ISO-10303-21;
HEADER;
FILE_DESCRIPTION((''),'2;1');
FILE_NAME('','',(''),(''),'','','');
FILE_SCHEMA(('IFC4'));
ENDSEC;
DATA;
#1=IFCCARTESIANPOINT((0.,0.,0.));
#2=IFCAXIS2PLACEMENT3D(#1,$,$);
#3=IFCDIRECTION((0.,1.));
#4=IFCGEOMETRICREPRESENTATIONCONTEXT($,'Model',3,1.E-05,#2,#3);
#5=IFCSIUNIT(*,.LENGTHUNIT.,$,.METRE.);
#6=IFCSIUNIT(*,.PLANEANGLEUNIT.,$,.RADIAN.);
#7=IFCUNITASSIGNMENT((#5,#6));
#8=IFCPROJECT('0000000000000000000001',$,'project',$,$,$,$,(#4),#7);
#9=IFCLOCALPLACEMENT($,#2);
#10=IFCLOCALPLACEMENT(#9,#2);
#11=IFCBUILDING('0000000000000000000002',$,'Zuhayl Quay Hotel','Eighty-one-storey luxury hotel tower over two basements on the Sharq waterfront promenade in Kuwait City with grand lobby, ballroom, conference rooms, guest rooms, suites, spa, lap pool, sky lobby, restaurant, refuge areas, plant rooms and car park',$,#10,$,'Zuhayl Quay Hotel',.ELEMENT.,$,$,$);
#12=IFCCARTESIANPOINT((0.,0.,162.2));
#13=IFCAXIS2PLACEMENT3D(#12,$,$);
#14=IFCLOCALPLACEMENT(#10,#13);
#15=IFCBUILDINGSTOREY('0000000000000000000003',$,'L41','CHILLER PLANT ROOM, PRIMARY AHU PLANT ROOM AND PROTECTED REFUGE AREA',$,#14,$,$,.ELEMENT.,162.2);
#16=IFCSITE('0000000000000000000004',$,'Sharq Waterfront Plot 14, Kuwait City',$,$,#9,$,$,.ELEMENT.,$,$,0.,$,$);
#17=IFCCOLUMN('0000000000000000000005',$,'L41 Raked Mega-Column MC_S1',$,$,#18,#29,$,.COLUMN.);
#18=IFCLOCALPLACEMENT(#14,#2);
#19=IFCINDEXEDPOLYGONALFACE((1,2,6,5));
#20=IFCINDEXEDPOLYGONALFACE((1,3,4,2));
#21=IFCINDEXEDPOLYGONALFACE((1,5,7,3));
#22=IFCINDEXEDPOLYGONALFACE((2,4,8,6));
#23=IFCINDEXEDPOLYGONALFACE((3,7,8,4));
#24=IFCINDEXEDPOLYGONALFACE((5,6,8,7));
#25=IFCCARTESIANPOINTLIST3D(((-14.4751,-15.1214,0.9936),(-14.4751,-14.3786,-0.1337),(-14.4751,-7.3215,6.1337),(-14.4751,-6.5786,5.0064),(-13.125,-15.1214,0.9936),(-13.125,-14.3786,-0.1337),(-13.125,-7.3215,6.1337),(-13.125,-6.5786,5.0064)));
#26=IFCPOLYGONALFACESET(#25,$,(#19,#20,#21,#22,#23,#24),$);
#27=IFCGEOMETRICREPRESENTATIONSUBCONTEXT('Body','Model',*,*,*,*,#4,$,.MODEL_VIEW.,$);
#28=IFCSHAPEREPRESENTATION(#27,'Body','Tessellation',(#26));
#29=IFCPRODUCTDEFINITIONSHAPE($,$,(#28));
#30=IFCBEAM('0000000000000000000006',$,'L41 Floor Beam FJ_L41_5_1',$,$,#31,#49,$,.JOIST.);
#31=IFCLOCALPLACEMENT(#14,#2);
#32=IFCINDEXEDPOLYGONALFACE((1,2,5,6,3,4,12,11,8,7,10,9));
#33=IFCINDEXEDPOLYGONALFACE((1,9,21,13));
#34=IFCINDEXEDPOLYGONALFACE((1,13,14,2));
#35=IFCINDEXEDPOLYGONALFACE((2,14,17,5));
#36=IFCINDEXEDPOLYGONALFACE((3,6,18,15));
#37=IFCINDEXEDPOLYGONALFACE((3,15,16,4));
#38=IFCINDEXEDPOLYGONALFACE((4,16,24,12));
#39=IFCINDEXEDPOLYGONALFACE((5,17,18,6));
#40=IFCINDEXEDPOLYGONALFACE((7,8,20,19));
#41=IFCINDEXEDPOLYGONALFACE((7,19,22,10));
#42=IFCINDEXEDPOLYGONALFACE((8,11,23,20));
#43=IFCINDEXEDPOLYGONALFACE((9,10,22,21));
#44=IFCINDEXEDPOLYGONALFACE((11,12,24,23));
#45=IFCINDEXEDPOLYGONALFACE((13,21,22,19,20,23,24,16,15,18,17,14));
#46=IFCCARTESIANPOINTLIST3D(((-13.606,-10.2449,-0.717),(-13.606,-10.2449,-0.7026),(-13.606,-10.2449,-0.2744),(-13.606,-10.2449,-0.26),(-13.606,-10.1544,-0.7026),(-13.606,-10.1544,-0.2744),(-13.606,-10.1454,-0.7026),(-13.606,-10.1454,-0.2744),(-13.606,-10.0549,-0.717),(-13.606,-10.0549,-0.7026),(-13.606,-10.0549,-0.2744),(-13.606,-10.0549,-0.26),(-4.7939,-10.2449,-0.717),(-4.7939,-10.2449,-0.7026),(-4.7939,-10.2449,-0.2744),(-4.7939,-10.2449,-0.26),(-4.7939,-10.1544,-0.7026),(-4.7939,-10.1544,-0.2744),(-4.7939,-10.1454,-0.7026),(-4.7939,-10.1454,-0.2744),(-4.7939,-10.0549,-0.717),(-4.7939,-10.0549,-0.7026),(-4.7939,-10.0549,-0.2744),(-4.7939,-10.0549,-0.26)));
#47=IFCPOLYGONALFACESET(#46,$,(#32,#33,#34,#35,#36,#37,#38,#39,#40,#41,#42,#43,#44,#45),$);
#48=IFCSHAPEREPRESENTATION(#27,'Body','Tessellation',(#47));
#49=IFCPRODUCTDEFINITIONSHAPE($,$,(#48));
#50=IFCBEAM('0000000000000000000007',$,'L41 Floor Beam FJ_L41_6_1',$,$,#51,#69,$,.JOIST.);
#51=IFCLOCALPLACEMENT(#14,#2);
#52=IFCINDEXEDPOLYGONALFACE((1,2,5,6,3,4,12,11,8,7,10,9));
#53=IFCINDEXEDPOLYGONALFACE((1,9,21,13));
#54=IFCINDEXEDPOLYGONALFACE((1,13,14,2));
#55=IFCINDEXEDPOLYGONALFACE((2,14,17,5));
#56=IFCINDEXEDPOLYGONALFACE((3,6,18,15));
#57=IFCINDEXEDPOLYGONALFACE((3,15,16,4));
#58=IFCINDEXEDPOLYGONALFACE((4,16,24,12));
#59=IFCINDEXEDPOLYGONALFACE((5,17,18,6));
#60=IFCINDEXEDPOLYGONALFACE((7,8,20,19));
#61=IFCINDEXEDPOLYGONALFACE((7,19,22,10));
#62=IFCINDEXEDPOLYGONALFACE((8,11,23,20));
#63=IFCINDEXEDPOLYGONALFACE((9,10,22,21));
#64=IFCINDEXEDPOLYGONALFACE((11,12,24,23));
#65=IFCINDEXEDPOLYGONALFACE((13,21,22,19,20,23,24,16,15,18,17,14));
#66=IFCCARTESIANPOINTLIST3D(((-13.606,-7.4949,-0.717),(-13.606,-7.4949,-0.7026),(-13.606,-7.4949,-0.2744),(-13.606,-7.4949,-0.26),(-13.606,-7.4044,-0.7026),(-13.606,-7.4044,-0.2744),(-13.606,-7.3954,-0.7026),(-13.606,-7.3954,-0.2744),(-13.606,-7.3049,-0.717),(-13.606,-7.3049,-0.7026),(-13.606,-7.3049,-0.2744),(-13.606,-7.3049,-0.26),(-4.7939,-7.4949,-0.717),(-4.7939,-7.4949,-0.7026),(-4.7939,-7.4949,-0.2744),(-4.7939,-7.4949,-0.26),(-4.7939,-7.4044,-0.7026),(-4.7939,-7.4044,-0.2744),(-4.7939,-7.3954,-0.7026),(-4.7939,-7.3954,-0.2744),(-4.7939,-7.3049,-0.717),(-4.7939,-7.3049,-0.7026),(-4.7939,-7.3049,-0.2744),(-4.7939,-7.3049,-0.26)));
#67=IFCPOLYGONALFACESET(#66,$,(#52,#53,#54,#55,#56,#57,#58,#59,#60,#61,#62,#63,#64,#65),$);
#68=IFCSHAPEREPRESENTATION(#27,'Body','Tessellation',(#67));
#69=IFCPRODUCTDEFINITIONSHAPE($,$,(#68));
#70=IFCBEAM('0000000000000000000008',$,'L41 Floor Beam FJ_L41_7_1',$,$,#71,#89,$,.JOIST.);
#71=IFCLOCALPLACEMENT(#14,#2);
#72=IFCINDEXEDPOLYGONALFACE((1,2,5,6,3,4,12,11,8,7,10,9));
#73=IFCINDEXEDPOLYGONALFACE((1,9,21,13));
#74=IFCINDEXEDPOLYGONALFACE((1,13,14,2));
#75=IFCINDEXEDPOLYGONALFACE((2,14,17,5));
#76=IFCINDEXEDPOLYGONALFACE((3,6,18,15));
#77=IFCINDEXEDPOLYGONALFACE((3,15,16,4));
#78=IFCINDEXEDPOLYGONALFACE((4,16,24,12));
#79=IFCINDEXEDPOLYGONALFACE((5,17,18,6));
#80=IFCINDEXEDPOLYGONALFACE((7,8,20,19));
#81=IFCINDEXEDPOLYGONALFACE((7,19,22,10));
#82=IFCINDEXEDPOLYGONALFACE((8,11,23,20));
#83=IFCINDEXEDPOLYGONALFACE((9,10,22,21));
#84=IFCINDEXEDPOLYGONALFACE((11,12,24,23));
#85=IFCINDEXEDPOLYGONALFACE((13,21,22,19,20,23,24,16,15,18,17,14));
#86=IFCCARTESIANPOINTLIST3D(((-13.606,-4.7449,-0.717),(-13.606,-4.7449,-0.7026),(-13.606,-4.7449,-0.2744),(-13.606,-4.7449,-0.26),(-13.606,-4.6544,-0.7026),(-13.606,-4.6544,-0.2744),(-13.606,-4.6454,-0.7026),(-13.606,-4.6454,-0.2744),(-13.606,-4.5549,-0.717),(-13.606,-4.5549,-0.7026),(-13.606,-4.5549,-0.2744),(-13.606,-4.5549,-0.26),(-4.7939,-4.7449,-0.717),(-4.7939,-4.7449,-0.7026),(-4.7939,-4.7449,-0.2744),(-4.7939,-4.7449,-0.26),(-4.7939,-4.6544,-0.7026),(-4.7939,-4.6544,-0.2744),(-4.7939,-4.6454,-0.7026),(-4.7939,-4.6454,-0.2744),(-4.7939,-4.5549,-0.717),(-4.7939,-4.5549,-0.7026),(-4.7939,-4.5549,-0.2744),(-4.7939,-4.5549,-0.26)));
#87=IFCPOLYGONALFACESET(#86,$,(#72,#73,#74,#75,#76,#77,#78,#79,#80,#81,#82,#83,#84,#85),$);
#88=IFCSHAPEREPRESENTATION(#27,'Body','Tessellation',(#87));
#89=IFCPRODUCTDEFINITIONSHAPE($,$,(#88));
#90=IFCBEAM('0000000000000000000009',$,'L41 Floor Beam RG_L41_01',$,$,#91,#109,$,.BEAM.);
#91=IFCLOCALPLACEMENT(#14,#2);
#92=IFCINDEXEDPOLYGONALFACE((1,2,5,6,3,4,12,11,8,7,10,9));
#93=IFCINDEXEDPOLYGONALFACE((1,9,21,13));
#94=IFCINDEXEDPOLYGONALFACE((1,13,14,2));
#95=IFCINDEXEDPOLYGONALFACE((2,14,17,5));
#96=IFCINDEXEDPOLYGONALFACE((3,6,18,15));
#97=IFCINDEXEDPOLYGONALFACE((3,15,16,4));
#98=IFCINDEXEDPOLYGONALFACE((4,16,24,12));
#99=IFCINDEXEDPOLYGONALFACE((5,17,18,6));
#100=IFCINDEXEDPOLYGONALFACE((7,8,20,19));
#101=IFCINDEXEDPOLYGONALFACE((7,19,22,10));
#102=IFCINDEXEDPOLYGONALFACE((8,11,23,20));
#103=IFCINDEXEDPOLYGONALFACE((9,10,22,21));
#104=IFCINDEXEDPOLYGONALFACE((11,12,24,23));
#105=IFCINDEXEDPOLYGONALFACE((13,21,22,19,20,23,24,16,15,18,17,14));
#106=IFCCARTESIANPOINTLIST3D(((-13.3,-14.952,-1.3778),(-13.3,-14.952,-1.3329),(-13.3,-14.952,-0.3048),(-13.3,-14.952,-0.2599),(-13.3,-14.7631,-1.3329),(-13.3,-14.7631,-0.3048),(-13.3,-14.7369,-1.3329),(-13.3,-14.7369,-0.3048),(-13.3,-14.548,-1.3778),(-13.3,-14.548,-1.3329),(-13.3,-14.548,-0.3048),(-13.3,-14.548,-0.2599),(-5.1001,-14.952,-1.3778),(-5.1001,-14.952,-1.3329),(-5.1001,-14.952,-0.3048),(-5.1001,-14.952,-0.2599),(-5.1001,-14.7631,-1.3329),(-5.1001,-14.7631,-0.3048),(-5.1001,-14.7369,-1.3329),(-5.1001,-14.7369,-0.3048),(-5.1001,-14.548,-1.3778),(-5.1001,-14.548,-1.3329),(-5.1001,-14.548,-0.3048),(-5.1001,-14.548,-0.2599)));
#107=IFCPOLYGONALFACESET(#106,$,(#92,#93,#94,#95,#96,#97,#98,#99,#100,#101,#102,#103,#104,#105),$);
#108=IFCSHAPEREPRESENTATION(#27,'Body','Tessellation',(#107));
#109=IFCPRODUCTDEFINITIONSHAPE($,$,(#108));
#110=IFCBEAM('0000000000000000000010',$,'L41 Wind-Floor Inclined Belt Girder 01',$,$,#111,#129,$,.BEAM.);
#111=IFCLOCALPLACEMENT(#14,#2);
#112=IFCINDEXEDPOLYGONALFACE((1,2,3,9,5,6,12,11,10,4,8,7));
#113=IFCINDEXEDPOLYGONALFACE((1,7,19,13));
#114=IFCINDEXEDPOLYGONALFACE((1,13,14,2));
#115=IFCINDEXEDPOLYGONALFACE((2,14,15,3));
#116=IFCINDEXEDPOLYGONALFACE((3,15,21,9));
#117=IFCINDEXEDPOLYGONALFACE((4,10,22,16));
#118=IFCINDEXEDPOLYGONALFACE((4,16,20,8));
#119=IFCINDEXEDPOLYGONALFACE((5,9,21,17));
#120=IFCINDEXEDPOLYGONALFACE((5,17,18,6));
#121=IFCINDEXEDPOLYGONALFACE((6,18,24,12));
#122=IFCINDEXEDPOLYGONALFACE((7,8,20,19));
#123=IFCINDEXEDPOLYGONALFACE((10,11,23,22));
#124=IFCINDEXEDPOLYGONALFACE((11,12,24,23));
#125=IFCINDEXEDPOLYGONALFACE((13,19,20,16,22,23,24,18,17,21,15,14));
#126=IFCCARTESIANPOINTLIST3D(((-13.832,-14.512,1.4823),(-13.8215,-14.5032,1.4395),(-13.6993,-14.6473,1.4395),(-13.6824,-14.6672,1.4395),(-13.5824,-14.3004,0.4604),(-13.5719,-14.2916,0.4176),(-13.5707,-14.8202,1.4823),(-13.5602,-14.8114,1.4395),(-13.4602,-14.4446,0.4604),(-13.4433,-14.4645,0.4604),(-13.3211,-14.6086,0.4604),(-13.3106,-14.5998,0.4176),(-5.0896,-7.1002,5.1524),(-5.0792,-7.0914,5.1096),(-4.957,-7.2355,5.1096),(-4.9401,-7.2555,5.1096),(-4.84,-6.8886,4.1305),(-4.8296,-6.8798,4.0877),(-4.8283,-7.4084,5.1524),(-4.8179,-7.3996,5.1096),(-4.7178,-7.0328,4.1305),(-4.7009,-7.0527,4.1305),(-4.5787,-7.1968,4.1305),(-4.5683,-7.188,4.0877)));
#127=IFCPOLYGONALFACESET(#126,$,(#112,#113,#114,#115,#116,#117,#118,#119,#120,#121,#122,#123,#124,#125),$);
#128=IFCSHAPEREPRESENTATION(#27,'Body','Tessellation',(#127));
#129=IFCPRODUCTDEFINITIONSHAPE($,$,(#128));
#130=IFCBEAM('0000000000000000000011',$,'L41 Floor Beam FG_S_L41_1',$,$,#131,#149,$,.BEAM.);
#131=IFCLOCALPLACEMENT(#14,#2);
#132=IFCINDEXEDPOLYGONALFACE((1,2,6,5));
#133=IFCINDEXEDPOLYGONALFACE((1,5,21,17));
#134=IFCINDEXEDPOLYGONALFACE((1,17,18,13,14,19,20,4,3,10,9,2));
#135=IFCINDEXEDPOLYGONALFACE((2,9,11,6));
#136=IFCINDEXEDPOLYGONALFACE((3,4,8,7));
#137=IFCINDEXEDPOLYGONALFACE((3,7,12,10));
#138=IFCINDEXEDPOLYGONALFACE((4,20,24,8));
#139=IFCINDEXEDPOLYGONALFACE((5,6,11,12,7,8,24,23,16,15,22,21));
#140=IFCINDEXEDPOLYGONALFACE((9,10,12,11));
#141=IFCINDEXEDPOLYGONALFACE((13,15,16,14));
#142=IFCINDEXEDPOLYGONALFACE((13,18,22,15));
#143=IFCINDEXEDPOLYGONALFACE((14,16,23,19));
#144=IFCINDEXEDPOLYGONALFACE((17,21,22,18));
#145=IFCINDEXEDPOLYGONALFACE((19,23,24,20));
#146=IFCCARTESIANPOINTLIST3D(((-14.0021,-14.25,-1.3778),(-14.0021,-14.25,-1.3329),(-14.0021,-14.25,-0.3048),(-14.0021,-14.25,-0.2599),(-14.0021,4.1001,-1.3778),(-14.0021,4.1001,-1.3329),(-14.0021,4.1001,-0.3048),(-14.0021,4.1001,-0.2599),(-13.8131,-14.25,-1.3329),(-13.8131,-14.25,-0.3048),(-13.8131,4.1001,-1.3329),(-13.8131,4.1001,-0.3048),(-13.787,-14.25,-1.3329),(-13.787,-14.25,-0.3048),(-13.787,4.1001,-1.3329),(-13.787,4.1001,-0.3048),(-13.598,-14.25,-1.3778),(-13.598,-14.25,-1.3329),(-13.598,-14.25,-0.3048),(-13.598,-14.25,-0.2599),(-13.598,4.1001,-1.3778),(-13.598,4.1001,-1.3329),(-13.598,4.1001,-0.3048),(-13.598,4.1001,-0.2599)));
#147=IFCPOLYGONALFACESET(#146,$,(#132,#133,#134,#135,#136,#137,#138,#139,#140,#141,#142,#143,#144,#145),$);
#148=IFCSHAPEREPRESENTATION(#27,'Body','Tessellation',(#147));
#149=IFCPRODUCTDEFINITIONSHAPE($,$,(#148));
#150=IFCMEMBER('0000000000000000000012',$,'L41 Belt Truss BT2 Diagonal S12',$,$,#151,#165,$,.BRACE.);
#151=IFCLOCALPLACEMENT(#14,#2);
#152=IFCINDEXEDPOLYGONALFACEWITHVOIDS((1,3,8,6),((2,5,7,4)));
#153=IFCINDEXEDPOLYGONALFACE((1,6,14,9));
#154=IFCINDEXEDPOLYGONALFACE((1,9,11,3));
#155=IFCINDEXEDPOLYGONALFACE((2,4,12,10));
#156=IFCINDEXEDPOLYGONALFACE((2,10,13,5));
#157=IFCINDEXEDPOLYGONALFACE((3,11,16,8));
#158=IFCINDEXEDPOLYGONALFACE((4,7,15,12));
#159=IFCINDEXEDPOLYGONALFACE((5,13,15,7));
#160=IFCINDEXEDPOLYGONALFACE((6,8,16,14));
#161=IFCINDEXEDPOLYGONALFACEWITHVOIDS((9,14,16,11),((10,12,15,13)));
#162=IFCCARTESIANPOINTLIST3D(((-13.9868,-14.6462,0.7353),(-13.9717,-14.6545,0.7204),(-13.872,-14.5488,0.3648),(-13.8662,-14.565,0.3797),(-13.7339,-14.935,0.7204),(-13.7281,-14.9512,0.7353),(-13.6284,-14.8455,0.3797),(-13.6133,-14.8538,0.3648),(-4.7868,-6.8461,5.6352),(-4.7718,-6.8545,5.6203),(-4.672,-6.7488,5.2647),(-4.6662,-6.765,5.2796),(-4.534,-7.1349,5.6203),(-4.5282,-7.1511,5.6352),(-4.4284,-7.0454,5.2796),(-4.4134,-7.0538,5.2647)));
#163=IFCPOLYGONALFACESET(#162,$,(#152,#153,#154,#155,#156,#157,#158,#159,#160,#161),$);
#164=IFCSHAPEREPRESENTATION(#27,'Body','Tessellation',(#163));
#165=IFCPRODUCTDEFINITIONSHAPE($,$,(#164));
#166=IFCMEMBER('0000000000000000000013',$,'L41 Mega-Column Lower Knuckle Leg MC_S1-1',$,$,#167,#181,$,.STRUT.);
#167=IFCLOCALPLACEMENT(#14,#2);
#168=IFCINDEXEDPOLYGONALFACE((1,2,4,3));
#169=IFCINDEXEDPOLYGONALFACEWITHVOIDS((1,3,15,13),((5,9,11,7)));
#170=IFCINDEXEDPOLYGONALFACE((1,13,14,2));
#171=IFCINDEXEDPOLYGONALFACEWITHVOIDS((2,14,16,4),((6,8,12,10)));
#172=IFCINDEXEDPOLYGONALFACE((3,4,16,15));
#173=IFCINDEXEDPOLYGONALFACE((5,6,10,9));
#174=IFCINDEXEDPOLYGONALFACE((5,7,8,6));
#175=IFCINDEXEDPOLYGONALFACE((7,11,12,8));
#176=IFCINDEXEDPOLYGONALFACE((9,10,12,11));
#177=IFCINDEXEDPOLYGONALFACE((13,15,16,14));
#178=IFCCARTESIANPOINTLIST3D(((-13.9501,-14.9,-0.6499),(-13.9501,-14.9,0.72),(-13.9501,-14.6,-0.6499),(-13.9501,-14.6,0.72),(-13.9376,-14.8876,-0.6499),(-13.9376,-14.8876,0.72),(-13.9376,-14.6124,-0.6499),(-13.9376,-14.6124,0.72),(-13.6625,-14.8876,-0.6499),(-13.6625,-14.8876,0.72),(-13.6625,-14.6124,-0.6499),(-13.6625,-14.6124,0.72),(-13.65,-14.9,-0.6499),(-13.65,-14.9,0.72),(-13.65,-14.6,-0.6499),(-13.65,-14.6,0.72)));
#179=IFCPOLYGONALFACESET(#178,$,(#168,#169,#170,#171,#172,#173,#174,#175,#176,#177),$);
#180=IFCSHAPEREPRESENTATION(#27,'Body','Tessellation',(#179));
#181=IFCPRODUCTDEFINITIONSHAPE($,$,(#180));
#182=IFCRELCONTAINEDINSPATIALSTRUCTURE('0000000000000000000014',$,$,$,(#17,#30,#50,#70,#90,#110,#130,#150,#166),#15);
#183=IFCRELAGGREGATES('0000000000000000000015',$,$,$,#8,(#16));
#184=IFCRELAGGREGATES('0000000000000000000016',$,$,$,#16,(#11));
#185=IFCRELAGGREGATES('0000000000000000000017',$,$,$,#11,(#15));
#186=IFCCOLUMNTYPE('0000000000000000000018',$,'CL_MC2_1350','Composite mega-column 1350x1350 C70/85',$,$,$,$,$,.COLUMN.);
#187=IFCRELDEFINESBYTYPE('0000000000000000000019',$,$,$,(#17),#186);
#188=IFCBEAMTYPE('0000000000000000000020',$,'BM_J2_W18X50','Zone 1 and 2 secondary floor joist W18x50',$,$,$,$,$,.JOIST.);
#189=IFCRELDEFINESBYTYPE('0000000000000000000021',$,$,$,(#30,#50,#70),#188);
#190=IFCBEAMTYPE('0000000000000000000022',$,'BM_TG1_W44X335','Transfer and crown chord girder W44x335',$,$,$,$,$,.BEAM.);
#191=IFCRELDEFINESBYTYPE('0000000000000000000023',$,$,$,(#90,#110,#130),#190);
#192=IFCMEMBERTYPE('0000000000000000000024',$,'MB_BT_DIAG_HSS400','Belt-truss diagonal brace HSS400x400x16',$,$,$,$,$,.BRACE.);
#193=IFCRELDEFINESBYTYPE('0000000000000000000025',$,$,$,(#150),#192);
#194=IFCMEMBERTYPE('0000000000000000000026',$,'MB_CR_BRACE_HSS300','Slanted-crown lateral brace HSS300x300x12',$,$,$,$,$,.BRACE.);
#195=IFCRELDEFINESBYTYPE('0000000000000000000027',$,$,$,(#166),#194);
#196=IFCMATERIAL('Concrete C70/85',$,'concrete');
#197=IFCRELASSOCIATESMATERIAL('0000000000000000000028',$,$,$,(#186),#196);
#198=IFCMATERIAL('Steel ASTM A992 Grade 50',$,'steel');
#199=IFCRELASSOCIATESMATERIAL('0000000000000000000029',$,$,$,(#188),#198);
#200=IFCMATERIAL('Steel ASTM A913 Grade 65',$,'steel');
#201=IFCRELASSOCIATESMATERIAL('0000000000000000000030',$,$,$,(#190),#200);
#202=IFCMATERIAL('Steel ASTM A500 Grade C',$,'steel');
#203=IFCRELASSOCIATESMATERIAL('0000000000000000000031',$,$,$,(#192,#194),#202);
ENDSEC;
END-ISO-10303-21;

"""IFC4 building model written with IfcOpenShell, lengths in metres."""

from ifc_helpers import new_model, si_unit, direction, frame, origin, origin_2d, place, context, subcontext, project, spatial, rectangle, hollow_rectangle, i_section, extrude, material, material_profile, profile_set, type_object, element, save


model = new_model("IFC4")

# Units and contexts
model_context = context("Model", 3, precision=1e-05, world=origin(), true_north=direction((0.0, 1.0)))
body_context = subcontext(model_context, "Body", "Model", "MODEL_VIEW")
ifc_project = project(units=[si_unit("LENGTHUNIT", "METRE"), si_unit("PLANEANGLEUNIT", "RADIAN")], contexts=[model_context])

# Site, building, storey
site_placement = place(None, origin())
site = spatial("IfcSite", under=ifc_project, at=site_placement, Name="Sharq Waterfront Plot 14, Kuwait City", CompositionType="ELEMENT", RefElevation=0.0)
building_placement = place(site_placement, origin())
building = spatial("IfcBuilding", under=site, at=building_placement, Name="Zuhayl Quay Hotel", Description="Eighty-one-storey luxury hotel tower over two basements on the Sharq waterfront promenade in Kuwait City with grand lobby, ballroom, conference rooms, guest rooms, suites, spa, lap pool, sky lobby, restaurant, refuge areas, plant rooms and car park", LongName="Zuhayl Quay Hotel", CompositionType="ELEMENT")
storey_placement = place(building_placement, frame((0.0, 0.0, 162.2)))
storey = spatial("IfcBuildingStorey", under=building, at=storey_placement, Name="L41", Description="CHILLER PLANT ROOM, PRIMARY AHU PLANT ROOM AND PROTECTED REFUGE AREA", CompositionType="ELEMENT", Elevation=162.2)

# Column
ifc_material_1 = material(Name="Concrete C70/85", Category="concrete")
ifc_material_profile_1 = material_profile(ifc_material_1, rectangle(XDim=1.3501, YDim=1.3501, at=origin_2d()), Name="RC1350X1350")
ifc_profile_set_1 = profile_set([ifc_material_profile_1], Name="Concrete C70/85")
column_type = type_object("IfcColumnType", Name="CL_MC2_1350", Description="Composite mega-column 1350x1350 C70/85", PredefinedType="COLUMN", material=ifc_profile_set_1)
column_placement = place(storey_placement, frame((-13.8, -14.75, 0.4299), z_axis=(0.0, 0.834998, 0.550253), x_axis=(-1.0, 0.0, 0.0)))
element("IfcColumn", 1, at=column_placement, inside=storey, type_object=column_type, Name="L41 Raked Mega-Column MC_S1", PredefinedType="COLUMN", context=body_context, shape_type="SweptSolid", body=[
    extrude(rectangle(XDim=1.3501, YDim=1.3501, at=origin_2d()), origin(), (0.0, 0.0, 1.0), 9.3413),
])

# Beams
ifc_material_2 = material(Name="Steel ASTM A992 Grade 50", Category="steel")
ifc_material_profile_2 = material_profile(ifc_material_2, i_section(OverallWidth=0.1899, OverallDepth=0.457, WebThickness=0.009, FlangeThickness=0.0144, at=origin_2d()), Name="W18X50")
ifc_profile_set_2 = profile_set([ifc_material_profile_2], Name="Steel ASTM A992 Grade 50")
beam_type_1 = type_object("IfcBeamType", Name="BM_J2_W18X50", Description="Zone 1 and 2 secondary floor joist W18x50", PredefinedType="JOIST", material=ifc_profile_set_2)
for number, where, z_axis, x_axis, name in (
    (2, (-13.606, -10.1499, -0.4885), (1.0, 0.0, 0.0), (0.0, 1.0, 0.0), "L41 Floor Beam FJ_L41_5_1"),
    (3, (-13.606, -7.3999, -0.4885), (1.0, 0.0, 0.0), (0.0, 1.0, 0.0), "L41 Floor Beam FJ_L41_6_1"),
    (4, (-13.606, -4.6499, -0.4885), (1.0, 0.0, 0.0), (0.0, 1.0, 0.0), "L41 Floor Beam FJ_L41_7_1"),
):
    element("IfcBeam", number, at=place(storey_placement, frame(where, z_axis=z_axis, x_axis=x_axis)), inside=storey, type_object=beam_type_1, Name=name, PredefinedType="JOIST", context=body_context, shape_type="SweptSolid", body=[
        extrude(i_section(OverallWidth=0.1899, OverallDepth=0.457, WebThickness=0.009, FlangeThickness=0.0144, at=origin_2d()), origin(), (0.0, 0.0, 1.0), 8.812),
    ])
ifc_material_3 = material(Name="Steel ASTM A913 Grade 65", Category="steel")
ifc_material_profile_3 = material_profile(ifc_material_3, i_section(OverallWidth=0.4041, OverallDepth=1.1179, WebThickness=0.0261, FlangeThickness=0.0449, at=origin_2d()), Name="W44X335")
ifc_profile_set_3 = profile_set([ifc_material_profile_3], Name="Steel ASTM A913 Grade 65")
beam_type_2 = type_object("IfcBeamType", Name="BM_TG1_W44X335", Description="Transfer and crown chord girder W44x335", PredefinedType="BEAM", material=ifc_profile_set_3)
beam_1_placement = place(storey_placement, frame((-13.3, -14.75, -0.8188), z_axis=(1.0, 0.0, 0.0), x_axis=(0.0, 1.0, 0.0)))
element("IfcBeam", 5, at=beam_1_placement, inside=storey, type_object=beam_type_2, Name="L41 Floor Beam RG_L41_01", PredefinedType="BEAM", context=body_context, shape_type="SweptSolid", body=[
    extrude(i_section(OverallWidth=0.4041, OverallDepth=1.1179, WebThickness=0.0261, FlangeThickness=0.0449, at=origin_2d()), origin(), (0.0, 0.0, 1.0), 8.2),
])
beam_2_placement = place(storey_placement, frame((-13.5713, -14.5559, 0.95), z_axis=(0.72643, 0.61587, 0.304963), x_axis=(-0.646675, 0.762765, 0.0)))
element("IfcBeam", 6, at=beam_2_placement, inside=storey, type_object=beam_type_2, Name="L41 Wind-Floor Inclined Belt Girder 01", PredefinedType="BEAM", context=body_context, shape_type="SweptSolid", body=[
    extrude(i_section(OverallWidth=0.4041, OverallDepth=1.1179, WebThickness=0.0261, FlangeThickness=0.0449, at=origin_2d()), origin(), (0.0, 0.0, 1.0), 12.0347),
])
beam_3_placement = place(storey_placement, frame((-13.8, -14.25, -0.8188), z_axis=(0.0, 1.0, 0.0), x_axis=(-1.0, 0.0, 0.0)))
element("IfcBeam", 7, at=beam_3_placement, inside=storey, type_object=beam_type_2, Name="L41 Floor Beam FG_S_L41_1", PredefinedType="BEAM", context=body_context, shape_type="SweptSolid", body=[
    extrude(i_section(OverallWidth=0.4041, OverallDepth=1.1179, WebThickness=0.0261, FlangeThickness=0.0449, at=origin_2d()), origin(), (0.0, 0.0, 1.0), 18.3501),
])

# Members
ifc_material_4 = material(Name="Steel ASTM A500 Grade C", Category="steel")
ifc_material_profile_4 = material_profile(ifc_material_4, hollow_rectangle(XDim=0.3999, YDim=0.3999, WallThickness=0.0161, at=origin_2d()), Name="HSS400X400X16")
ifc_profile_set_4 = profile_set([ifc_material_profile_4], Name="Steel ASTM A500 Grade C")
member_type_1 = type_object("IfcMemberType", Name="MB_BT_DIAG_HSS400", Description="Belt-truss diagonal brace HSS400x400x16", PredefinedType="BRACE", material=ifc_profile_set_4)
member_1_placement = place(storey_placement, frame((-13.8, -14.75, 0.55), z_axis=(0.706667, 0.599138, 0.376372), x_axis=(-0.64669, 0.762753, 0.0)))
element("IfcMember", 8, at=member_1_placement, inside=storey, type_object=member_type_1, Name="L41 Belt Truss BT2 Diagonal S12", PredefinedType="BRACE", context=body_context, shape_type="SweptSolid", body=[
    extrude(hollow_rectangle(XDim=0.3999, YDim=0.3999, WallThickness=0.0161, at=origin_2d()), origin(), (0.0, 0.0, 1.0), 13.0188),
])
ifc_material_profile_5 = material_profile(ifc_material_4, hollow_rectangle(XDim=0.3, YDim=0.3, WallThickness=0.0125, at=origin_2d()), Name="HSS300X300X12")
ifc_profile_set_5 = profile_set([ifc_material_profile_5], Name="Steel ASTM A500 Grade C")
member_type_2 = type_object("IfcMemberType", Name="MB_CR_BRACE_HSS300", Description="Slanted-crown lateral brace HSS300x300x12", PredefinedType="BRACE", material=ifc_profile_set_5)
member_2_placement = place(storey_placement, frame((-13.8, -14.75, -0.6499), z_axis=(0.0, 0.0, 1.0), x_axis=(1.0, 0.0, 0.0)))
element("IfcMember", 9, at=member_2_placement, inside=storey, type_object=member_type_2, Name="L41 Mega-Column Lower Knuckle Leg MC_S1-1", PredefinedType="STRUT", context=body_context, shape_type="SweptSolid", body=[
    extrude(hollow_rectangle(XDim=0.3, YDim=0.3, WallThickness=0.0125, at=origin_2d()), origin(), (0.0, 0.0, 1.0), 1.3699),
])

save(model, "model.ifc")
